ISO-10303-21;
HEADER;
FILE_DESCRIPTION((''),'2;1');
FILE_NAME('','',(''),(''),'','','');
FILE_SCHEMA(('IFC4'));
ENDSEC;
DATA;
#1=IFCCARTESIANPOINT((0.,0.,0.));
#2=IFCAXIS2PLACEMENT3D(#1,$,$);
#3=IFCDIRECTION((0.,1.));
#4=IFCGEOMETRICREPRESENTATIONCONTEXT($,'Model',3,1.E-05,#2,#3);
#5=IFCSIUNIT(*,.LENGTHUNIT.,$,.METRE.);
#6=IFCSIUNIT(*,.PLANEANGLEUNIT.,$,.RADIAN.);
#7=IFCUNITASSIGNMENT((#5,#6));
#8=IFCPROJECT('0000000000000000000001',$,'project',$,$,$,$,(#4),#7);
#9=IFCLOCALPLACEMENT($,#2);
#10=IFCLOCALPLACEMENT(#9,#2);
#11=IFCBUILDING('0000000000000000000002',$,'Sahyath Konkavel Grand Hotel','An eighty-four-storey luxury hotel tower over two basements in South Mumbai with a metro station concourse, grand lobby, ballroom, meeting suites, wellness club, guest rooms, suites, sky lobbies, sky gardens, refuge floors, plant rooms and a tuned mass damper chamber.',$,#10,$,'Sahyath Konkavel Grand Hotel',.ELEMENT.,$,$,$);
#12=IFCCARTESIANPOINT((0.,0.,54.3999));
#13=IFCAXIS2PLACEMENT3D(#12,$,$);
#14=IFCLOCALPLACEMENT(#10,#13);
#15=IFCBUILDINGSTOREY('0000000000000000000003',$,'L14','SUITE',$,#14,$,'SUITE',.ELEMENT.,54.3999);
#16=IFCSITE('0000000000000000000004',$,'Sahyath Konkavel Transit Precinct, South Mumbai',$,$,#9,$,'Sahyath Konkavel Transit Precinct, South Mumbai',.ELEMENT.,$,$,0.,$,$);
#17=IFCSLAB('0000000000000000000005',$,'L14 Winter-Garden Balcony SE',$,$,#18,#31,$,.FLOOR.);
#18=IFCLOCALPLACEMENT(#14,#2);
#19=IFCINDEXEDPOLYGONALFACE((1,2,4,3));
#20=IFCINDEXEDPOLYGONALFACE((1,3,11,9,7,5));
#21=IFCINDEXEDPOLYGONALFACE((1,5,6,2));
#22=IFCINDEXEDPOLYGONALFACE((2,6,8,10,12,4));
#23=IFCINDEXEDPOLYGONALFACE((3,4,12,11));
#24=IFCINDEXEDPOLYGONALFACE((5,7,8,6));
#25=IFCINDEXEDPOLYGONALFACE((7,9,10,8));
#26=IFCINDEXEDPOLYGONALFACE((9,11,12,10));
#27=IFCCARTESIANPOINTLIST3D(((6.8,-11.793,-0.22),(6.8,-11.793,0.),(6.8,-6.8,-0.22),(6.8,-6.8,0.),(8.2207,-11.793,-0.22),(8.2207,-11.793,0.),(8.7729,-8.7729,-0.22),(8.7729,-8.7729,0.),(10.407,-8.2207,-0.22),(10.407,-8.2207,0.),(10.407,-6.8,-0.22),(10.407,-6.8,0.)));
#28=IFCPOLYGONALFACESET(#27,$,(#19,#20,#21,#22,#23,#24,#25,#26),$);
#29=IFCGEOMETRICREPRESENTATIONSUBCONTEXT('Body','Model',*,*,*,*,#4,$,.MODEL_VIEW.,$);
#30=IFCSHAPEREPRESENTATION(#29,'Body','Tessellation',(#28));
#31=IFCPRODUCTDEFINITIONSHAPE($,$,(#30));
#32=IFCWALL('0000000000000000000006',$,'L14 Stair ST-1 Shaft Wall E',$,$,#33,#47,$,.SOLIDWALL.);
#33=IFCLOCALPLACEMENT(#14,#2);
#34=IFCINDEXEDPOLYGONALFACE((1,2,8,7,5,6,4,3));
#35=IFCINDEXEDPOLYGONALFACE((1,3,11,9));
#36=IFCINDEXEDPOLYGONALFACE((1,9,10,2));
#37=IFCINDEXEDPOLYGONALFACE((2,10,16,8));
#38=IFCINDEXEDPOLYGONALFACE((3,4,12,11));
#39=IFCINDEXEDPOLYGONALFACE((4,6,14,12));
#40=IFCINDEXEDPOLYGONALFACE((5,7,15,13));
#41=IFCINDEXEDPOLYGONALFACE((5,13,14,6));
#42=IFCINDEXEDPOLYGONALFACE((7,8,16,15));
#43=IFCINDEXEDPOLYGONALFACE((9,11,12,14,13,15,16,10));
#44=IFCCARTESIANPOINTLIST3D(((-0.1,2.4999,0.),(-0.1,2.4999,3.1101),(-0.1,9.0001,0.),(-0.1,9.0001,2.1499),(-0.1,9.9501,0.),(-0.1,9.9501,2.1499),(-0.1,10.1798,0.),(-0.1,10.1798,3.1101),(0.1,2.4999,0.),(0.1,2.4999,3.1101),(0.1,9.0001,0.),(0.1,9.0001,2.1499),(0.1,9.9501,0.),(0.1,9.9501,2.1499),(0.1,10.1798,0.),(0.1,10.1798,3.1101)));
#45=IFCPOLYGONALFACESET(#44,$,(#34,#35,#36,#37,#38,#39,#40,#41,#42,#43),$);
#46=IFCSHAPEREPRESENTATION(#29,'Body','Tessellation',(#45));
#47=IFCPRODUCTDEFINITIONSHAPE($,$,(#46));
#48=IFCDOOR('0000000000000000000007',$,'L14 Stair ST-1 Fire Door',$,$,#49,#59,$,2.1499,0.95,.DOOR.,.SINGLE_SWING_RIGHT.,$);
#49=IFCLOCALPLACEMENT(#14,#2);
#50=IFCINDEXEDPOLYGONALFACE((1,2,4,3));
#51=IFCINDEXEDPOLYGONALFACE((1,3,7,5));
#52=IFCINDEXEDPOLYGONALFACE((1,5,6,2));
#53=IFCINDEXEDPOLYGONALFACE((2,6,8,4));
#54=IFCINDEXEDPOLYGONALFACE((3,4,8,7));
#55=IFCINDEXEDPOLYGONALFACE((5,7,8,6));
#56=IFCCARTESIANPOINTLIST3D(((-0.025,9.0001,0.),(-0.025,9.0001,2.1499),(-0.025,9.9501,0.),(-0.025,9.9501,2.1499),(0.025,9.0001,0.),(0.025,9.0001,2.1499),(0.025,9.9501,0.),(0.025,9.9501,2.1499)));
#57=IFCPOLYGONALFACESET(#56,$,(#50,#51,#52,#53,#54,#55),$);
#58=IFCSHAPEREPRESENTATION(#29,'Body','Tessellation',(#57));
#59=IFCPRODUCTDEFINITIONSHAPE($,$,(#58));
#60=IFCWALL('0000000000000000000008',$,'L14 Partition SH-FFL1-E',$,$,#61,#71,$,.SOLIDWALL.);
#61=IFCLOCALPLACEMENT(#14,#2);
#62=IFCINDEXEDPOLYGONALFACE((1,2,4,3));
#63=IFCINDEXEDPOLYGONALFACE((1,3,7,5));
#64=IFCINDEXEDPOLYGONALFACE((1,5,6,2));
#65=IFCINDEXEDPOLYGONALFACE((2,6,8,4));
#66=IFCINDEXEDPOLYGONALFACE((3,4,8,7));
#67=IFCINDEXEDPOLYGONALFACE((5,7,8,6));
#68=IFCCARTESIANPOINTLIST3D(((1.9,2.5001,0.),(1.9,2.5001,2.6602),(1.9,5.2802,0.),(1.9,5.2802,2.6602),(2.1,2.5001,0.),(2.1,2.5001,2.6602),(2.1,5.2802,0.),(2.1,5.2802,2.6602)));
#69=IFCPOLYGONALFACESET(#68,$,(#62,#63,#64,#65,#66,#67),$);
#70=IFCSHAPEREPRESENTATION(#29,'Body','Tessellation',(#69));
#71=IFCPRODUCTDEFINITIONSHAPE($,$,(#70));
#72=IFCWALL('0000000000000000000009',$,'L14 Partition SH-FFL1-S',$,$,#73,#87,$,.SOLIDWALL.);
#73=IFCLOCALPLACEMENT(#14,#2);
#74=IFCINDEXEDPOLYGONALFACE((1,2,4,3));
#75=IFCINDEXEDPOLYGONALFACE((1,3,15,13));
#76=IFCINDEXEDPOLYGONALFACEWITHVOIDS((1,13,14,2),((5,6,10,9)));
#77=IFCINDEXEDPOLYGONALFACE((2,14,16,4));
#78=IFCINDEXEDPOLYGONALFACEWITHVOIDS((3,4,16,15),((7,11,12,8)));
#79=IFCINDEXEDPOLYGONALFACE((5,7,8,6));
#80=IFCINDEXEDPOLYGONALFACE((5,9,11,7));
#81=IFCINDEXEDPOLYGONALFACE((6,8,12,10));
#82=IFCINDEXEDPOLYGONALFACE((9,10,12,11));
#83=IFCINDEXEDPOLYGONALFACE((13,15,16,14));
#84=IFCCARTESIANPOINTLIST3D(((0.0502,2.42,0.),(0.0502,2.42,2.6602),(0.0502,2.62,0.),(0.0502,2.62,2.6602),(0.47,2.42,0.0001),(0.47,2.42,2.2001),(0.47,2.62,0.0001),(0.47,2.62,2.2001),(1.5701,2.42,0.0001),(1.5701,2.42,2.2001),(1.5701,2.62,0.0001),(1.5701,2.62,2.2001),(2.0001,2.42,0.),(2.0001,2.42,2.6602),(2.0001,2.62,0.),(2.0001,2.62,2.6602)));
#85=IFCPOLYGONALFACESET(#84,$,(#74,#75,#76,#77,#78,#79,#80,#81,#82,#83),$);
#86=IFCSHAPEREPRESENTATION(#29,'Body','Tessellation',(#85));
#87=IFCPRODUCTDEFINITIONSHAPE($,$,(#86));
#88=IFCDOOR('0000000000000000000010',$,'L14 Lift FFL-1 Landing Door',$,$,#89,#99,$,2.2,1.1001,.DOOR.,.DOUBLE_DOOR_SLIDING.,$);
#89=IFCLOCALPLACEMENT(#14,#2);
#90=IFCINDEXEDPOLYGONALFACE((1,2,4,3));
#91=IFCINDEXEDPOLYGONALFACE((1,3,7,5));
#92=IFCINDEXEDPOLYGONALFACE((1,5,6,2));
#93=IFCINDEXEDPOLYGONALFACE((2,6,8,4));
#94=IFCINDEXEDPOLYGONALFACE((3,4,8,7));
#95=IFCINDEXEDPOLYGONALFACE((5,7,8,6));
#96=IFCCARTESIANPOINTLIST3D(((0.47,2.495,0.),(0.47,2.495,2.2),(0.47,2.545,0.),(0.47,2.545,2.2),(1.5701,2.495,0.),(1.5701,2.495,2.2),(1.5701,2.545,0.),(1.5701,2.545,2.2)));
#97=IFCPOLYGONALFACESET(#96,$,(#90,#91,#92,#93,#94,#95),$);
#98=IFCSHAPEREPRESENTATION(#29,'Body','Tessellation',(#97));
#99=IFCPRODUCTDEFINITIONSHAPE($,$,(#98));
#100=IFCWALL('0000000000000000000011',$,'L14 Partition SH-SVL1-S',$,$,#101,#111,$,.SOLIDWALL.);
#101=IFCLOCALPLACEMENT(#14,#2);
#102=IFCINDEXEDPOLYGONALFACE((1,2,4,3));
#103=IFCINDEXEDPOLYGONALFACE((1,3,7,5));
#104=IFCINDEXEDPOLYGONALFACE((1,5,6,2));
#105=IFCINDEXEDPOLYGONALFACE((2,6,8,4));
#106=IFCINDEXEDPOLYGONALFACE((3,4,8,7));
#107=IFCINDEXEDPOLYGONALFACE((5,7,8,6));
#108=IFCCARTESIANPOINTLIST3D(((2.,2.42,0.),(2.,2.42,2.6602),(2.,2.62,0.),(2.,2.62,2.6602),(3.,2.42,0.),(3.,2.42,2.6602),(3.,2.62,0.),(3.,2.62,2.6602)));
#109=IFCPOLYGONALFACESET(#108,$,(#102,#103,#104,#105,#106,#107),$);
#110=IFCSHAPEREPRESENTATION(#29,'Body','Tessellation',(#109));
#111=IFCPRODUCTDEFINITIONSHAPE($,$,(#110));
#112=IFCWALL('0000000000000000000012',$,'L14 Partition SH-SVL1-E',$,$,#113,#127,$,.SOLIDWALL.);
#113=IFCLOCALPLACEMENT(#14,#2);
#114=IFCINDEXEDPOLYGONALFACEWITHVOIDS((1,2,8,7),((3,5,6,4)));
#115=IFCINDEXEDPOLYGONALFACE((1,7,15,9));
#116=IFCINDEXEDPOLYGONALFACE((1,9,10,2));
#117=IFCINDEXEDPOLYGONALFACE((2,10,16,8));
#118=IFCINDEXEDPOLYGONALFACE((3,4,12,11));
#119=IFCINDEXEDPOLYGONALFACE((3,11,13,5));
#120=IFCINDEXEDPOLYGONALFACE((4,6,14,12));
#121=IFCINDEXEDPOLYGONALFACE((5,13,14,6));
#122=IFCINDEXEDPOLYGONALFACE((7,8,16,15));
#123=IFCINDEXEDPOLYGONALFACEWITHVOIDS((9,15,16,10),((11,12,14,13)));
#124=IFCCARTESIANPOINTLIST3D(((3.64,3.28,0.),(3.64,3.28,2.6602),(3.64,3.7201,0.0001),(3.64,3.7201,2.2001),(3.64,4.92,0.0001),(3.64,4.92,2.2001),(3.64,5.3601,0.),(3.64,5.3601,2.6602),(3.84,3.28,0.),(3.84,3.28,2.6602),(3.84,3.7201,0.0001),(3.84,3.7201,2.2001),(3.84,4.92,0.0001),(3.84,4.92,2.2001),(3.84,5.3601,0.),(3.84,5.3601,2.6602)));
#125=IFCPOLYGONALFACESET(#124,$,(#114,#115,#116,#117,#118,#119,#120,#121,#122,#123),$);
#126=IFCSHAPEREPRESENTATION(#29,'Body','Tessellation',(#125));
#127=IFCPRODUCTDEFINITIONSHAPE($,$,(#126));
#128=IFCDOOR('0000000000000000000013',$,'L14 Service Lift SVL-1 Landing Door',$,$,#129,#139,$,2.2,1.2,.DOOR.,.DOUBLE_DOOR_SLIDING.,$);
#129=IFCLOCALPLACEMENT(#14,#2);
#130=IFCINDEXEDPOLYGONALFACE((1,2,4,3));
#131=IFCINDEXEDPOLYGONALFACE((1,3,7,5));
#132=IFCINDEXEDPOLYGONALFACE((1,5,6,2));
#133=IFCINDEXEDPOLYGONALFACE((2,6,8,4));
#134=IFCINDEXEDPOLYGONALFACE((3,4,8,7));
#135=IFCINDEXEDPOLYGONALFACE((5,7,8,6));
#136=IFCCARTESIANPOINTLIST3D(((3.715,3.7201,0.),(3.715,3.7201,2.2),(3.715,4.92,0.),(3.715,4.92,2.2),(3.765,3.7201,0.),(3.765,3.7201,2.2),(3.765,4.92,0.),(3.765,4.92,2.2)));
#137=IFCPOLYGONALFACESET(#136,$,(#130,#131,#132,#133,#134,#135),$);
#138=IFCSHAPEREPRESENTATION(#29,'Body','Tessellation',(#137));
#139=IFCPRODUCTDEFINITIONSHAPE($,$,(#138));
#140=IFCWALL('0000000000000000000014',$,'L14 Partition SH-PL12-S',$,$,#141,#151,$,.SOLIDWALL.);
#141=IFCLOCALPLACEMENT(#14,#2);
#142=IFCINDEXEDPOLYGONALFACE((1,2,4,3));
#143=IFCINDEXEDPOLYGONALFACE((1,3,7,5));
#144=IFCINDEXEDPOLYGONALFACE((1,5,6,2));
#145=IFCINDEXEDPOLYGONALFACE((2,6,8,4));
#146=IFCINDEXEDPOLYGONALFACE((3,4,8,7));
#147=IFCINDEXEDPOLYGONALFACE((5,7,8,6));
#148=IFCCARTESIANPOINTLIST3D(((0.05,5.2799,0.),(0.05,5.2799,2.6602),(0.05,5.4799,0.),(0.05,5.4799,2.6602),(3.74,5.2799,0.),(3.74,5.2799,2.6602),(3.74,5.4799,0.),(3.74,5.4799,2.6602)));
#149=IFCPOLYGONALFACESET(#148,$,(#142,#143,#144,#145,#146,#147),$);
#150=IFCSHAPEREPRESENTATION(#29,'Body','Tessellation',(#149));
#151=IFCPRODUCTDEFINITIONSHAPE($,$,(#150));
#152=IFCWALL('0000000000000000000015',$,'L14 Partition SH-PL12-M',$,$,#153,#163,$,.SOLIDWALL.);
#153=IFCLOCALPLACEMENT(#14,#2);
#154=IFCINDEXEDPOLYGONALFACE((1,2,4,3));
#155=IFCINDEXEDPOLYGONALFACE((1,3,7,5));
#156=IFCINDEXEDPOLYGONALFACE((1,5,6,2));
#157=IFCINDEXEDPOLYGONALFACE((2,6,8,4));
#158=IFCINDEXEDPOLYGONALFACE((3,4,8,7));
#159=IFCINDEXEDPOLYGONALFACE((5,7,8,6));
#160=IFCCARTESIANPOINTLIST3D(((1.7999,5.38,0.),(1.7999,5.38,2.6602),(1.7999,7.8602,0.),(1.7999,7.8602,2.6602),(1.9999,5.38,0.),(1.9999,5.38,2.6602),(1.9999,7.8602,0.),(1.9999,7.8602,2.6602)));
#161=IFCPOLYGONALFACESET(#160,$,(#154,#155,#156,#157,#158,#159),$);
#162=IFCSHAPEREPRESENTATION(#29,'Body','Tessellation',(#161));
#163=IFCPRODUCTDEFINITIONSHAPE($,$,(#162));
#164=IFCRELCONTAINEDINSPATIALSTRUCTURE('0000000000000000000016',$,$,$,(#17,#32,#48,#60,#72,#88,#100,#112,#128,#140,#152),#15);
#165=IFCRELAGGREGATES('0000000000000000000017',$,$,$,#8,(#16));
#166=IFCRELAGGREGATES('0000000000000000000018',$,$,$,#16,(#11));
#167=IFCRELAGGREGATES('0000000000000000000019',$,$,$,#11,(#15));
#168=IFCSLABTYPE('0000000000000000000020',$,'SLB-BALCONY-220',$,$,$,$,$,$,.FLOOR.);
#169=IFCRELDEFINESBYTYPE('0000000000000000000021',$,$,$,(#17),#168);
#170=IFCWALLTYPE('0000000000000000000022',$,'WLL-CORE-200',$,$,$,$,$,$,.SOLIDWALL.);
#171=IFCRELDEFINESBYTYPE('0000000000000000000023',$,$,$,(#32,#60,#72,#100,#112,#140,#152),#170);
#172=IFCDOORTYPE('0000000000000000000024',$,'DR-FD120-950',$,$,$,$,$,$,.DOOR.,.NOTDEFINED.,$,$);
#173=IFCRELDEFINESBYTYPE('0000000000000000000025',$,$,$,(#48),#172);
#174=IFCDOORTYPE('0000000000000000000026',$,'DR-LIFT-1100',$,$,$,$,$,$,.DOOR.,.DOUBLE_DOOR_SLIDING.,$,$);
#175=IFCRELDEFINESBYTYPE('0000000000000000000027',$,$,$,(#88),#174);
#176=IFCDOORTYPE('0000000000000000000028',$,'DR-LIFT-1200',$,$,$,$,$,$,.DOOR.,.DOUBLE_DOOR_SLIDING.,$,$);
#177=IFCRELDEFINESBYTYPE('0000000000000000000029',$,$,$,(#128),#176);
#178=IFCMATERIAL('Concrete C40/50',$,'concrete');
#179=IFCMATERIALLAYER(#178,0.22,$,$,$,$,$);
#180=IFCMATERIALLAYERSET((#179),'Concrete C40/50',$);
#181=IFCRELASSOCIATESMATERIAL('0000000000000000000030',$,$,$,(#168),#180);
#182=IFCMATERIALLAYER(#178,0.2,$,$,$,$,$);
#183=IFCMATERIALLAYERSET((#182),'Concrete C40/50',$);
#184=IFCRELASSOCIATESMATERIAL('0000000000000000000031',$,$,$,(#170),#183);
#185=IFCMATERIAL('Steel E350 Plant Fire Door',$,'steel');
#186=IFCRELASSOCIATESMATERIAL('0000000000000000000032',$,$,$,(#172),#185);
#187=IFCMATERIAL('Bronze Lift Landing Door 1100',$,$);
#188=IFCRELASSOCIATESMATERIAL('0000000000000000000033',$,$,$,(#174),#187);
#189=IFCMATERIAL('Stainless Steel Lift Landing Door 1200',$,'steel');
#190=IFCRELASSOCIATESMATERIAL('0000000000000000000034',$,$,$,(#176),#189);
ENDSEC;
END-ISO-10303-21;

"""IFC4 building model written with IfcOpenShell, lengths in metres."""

from ifc_helpers import new_model, si_unit, direction, frame, frame_2d, origin, origin_2d, place, context, subcontext, project, spatial, polyline, rectangle, outline, extrude, source, transform, mapped, material, layer, layer_set, type_object, element, fill, save


model = new_model("IFC4")

# Units and contexts
model_context = context("Model", 3, precision=1e-05, world=origin(), true_north=direction((0.0, 1.0)))
body_context = subcontext(model_context, "Body", "Model", "MODEL_VIEW")
ifc_project = project(units=[si_unit("LENGTHUNIT", "METRE"), si_unit("PLANEANGLEUNIT", "RADIAN")], contexts=[model_context])

# Site, building, storey
site_placement = place(None, origin())
site = spatial("IfcSite", under=ifc_project, at=site_placement, Name="Sahyath Konkavel Transit Precinct, South Mumbai", LongName="Sahyath Konkavel Transit Precinct, South Mumbai", CompositionType="ELEMENT", RefElevation=0.0)
building_placement = place(site_placement, origin())
building = spatial("IfcBuilding", under=site, at=building_placement, Name="Sahyath Konkavel Grand Hotel", Description="An eighty-four-storey luxury hotel tower over two basements in South Mumbai with a metro station concourse, grand lobby, ballroom, meeting suites, wellness club, guest rooms, suites, sky lobbies, sky gardens, refuge floors, plant rooms and a tuned mass damper chamber.", LongName="Sahyath Konkavel Grand Hotel", CompositionType="ELEMENT")
storey_placement = place(building_placement, frame((0.0, 0.0, 54.3999)))
storey = spatial("IfcBuildingStorey", under=building, at=storey_placement, Name="L14", Description="SUITE", LongName="SUITE", CompositionType="ELEMENT", Elevation=54.3999)

# Slab
ifc_material_1 = material(Name="Concrete C40/50", Category="concrete")
ifc_layer_1 = layer(ifc_material_1, 0.22)
ifc_layer_set_1 = layer_set([ifc_layer_1], Name="Concrete C40/50")
slab_type = type_object("IfcSlabType", Name="SLB-BALCONY-220", PredefinedType="FLOOR", material=ifc_layer_set_1)
slab_placement = place(storey_placement, frame((0.0, 0.0, -0.22)))
element("IfcSlab", 1, at=slab_placement, inside=storey, type_object=slab_type, Name="L14 Winter-Garden Balcony SE", PredefinedType="FLOOR", context=body_context, shape_type="SweptSolid", body=[
    extrude(outline(polyline([(6.8, -6.8), (6.8, -11.793), (8.2207, -11.793), (8.7729, -8.7729), (10.407, -8.2207), (10.407, -6.8), (6.8, -6.8)])), origin(), (0.0, 0.0, 1.0), 0.22),
])

# Wall, opening, door
ifc_layer_2 = layer(ifc_material_1, 0.2)
ifc_layer_set_2 = layer_set([ifc_layer_2], Name="Concrete C40/50")
wall_type_1 = type_object("IfcWallType", Name="WLL-CORE-200", PredefinedType="SOLIDWALL", material=ifc_layer_set_2)
wall_1_placement = place(storey_placement, frame((0.0, 2.5, 0.0), z_axis=(0.0, 0.0, 1.0), x_axis=(0.0, 1.0, 0.0)))
wall_1 = element("IfcWall", 2, at=wall_1_placement, inside=storey, type_object=wall_type_1, Name="L14 Stair ST-1 Shaft Wall E", PredefinedType="SOLIDWALL", context=body_context, shape_type="SweptSolid", body=[
    extrude(rectangle(XDim=7.6799, YDim=0.2, at=frame_2d((3.8398, 0.0))), origin(), (0.0, 0.0, 1.0), 3.1101),
])
opening_1_placement = place(wall_1_placement, frame((6.5, 0.0, 0.0)))
opening_1 = element("IfcOpeningElement", 3, at=opening_1_placement, cuts=wall_1, PredefinedType="OPENING", context=body_context, shape_type="SweptSolid", body=[
    extrude(rectangle(XDim=0.95, YDim=2.1499, at=frame_2d((0.4751, 1.075))), frame((0.0, 0.1099, 0.0), z_axis=(0.0, -1.0, 0.0), x_axis=(1.0, 0.0, 0.0)), (0.0, 0.0, 1.0), 0.22),
])
ifc_material_2 = material(Name="Steel E350 Plant Fire Door", Category="steel")
door_type_1 = type_object("IfcDoorType", Name="DR-FD120-950", OperationType="NOTDEFINED", PredefinedType="DOOR", material=ifc_material_2)
shared_shape_1 = source(origin(), body_context, "Body", "SweptSolid", [
    extrude(rectangle(XDim=0.95, YDim=0.05, at=origin_2d()), origin(), (0.0, 0.0, 1.0), 2.1499),
])
door_1_placement = place(opening_1_placement, frame((0.4751, 0.0, 0.0)))
door_1 = element("IfcDoor", 4, at=door_1_placement, inside=storey, type_object=door_type_1, Name="L14 Stair ST-1 Fire Door", OperationType="SINGLE_SWING_RIGHT", OverallHeight=2.1499, OverallWidth=0.95, PredefinedType="DOOR", context=body_context, shape_type="MappedRepresentation", body=[
    mapped(shared_shape_1, transform((0.0, 0.0, 0.0), scale=1.0)),
])
fill(opening_1, door_1)

# Wall
wall_2_placement = place(storey_placement, frame((2.0, 2.5, 0.0), z_axis=(0.0, 0.0, 1.0), x_axis=(0.0, 1.0, 0.0)))
element("IfcWall", 5, at=wall_2_placement, inside=storey, type_object=wall_type_1, Name="L14 Partition SH-FFL1-E", PredefinedType="SOLIDWALL", context=body_context, shape_type="SweptSolid", body=[
    extrude(rectangle(XDim=2.78, YDim=0.2, at=frame_2d((1.3901, 0.0))), origin(), (0.0, 0.0, 1.0), 2.6602),
])

# Wall, opening, door
wall_3_placement = place(storey_placement, frame((0.05, 2.52, 0.0), z_axis=(0.0, 0.0, 1.0), x_axis=(1.0, 0.0, 0.0)))
wall_3 = element("IfcWall", 6, at=wall_3_placement, inside=storey, type_object=wall_type_1, Name="L14 Partition SH-FFL1-S", PredefinedType="SOLIDWALL", context=body_context, shape_type="SweptSolid", body=[
    extrude(rectangle(XDim=1.95, YDim=0.2, at=frame_2d((0.9751, 0.0))), origin(), (0.0, 0.0, 1.0), 2.6602),
])
opening_2_placement = place(wall_3_placement, frame((0.4199, 0.0, 0.0)))
opening_2 = element("IfcOpeningElement", 7, at=opening_2_placement, cuts=wall_3, PredefinedType="OPENING", context=body_context, shape_type="SweptSolid", body=[
    extrude(rectangle(XDim=1.1001, YDim=2.2, at=frame_2d((0.55, 1.1001))), frame((0.0, 0.1099, 0.0), z_axis=(0.0, -1.0, 0.0), x_axis=(1.0, 0.0, 0.0)), (0.0, 0.0, 1.0), 0.22),
])
ifc_material_3 = material(Name="Bronze Lift Landing Door 1100")
door_type_2 = type_object("IfcDoorType", Name="DR-LIFT-1100", OperationType="DOUBLE_DOOR_SLIDING", PredefinedType="DOOR", material=ifc_material_3)
shared_shape_2 = source(origin(), body_context, "Body", "SweptSolid", [
    extrude(rectangle(XDim=1.1001, YDim=0.05, at=origin_2d()), origin(), (0.0, 0.0, 1.0), 2.2),
])
door_2_placement = place(opening_2_placement, frame((0.55, 0.0, 0.0)))
door_2 = element("IfcDoor", 8, at=door_2_placement, inside=storey, type_object=door_type_2, Name="L14 Lift FFL-1 Landing Door", OperationType="DOUBLE_DOOR_SLIDING", OverallHeight=2.2, OverallWidth=1.1001, PredefinedType="DOOR", context=body_context, shape_type="MappedRepresentation", body=[
    mapped(shared_shape_2, transform((0.0, 0.0, 0.0), scale=1.0)),
])
fill(opening_2, door_2)

# Wall
wall_4_placement = place(storey_placement, frame((2.0, 2.52, 0.0), z_axis=(0.0, 0.0, 1.0), x_axis=(1.0, 0.0, 0.0)))
element("IfcWall", 9, at=wall_4_placement, inside=storey, type_object=wall_type_1, Name="L14 Partition SH-SVL1-S", PredefinedType="SOLIDWALL", context=body_context, shape_type="SweptSolid", body=[
    extrude(rectangle(XDim=1.0, YDim=0.2, at=frame_2d((0.5, 0.0))), origin(), (0.0, 0.0, 1.0), 2.6602),
])

# Wall, opening, door
wall_5_placement = place(storey_placement, frame((3.74, 3.28, 0.0), z_axis=(0.0, 0.0, 1.0), x_axis=(0.0, 1.0, 0.0)))
wall_5 = element("IfcWall", 10, at=wall_5_placement, inside=storey, type_object=wall_type_1, Name="L14 Partition SH-SVL1-E", PredefinedType="SOLIDWALL", context=body_context, shape_type="SweptSolid", body=[
    extrude(rectangle(XDim=2.0801, YDim=0.2, at=frame_2d((1.04, 0.0))), origin(), (0.0, 0.0, 1.0), 2.6602),
])
opening_3_placement = place(wall_5_placement, frame((0.4399, 0.0, 0.0)))
opening_3 = element("IfcOpeningElement", 11, at=opening_3_placement, cuts=wall_5, PredefinedType="OPENING", context=body_context, shape_type="SweptSolid", body=[
    extrude(rectangle(XDim=1.2, YDim=2.2, at=frame_2d((0.6001, 1.1001))), frame((0.0, 0.1099, 0.0), z_axis=(0.0, -1.0, 0.0), x_axis=(1.0, 0.0, 0.0)), (0.0, 0.0, 1.0), 0.22),
])
ifc_material_4 = material(Name="Stainless Steel Lift Landing Door 1200", Category="steel")
door_type_3 = type_object("IfcDoorType", Name="DR-LIFT-1200", OperationType="DOUBLE_DOOR_SLIDING", PredefinedType="DOOR", material=ifc_material_4)
shared_shape_3 = source(origin(), body_context, "Body", "SweptSolid", [
    extrude(rectangle(XDim=1.2, YDim=0.05, at=origin_2d()), origin(), (0.0, 0.0, 1.0), 2.2),
])
door_3_placement = place(opening_3_placement, frame((0.6001, 0.0, 0.0)))
door_3 = element("IfcDoor", 12, at=door_3_placement, inside=storey, type_object=door_type_3, Name="L14 Service Lift SVL-1 Landing Door", OperationType="DOUBLE_DOOR_SLIDING", OverallHeight=2.2, OverallWidth=1.2, PredefinedType="DOOR", context=body_context, shape_type="MappedRepresentation", body=[
    mapped(shared_shape_3, transform((0.0, 0.0, 0.0), scale=1.0)),
])
fill(opening_3, door_3)

# Walls
wall_6_placement = place(storey_placement, frame((0.05, 5.3799, 0.0), z_axis=(0.0, 0.0, 1.0), x_axis=(1.0, 0.0, 0.0)))
element("IfcWall", 13, at=wall_6_placement, inside=storey, type_object=wall_type_1, Name="L14 Partition SH-PL12-S", PredefinedType="SOLIDWALL", context=body_context, shape_type="SweptSolid", body=[
    extrude(rectangle(XDim=3.6899, YDim=0.2, at=frame_2d((1.845, 0.0))), origin(), (0.0, 0.0, 1.0), 2.6602),
])
wall_7_placement = place(storey_placement, frame((1.8999, 5.3799, 0.0), z_axis=(0.0, 0.0, 1.0), x_axis=(0.0, 1.0, 0.0)))
element("IfcWall", 14, at=wall_7_placement, inside=storey, type_object=wall_type_1, Name="L14 Partition SH-PL12-M", PredefinedType="SOLIDWALL", context=body_context, shape_type="SweptSolid", body=[
    extrude(rectangle(XDim=2.4802, YDim=0.2, at=frame_2d((1.2402, 0.0))), origin(), (0.0, 0.0, 1.0), 2.6602),
])

save(model, "model.ifc")
